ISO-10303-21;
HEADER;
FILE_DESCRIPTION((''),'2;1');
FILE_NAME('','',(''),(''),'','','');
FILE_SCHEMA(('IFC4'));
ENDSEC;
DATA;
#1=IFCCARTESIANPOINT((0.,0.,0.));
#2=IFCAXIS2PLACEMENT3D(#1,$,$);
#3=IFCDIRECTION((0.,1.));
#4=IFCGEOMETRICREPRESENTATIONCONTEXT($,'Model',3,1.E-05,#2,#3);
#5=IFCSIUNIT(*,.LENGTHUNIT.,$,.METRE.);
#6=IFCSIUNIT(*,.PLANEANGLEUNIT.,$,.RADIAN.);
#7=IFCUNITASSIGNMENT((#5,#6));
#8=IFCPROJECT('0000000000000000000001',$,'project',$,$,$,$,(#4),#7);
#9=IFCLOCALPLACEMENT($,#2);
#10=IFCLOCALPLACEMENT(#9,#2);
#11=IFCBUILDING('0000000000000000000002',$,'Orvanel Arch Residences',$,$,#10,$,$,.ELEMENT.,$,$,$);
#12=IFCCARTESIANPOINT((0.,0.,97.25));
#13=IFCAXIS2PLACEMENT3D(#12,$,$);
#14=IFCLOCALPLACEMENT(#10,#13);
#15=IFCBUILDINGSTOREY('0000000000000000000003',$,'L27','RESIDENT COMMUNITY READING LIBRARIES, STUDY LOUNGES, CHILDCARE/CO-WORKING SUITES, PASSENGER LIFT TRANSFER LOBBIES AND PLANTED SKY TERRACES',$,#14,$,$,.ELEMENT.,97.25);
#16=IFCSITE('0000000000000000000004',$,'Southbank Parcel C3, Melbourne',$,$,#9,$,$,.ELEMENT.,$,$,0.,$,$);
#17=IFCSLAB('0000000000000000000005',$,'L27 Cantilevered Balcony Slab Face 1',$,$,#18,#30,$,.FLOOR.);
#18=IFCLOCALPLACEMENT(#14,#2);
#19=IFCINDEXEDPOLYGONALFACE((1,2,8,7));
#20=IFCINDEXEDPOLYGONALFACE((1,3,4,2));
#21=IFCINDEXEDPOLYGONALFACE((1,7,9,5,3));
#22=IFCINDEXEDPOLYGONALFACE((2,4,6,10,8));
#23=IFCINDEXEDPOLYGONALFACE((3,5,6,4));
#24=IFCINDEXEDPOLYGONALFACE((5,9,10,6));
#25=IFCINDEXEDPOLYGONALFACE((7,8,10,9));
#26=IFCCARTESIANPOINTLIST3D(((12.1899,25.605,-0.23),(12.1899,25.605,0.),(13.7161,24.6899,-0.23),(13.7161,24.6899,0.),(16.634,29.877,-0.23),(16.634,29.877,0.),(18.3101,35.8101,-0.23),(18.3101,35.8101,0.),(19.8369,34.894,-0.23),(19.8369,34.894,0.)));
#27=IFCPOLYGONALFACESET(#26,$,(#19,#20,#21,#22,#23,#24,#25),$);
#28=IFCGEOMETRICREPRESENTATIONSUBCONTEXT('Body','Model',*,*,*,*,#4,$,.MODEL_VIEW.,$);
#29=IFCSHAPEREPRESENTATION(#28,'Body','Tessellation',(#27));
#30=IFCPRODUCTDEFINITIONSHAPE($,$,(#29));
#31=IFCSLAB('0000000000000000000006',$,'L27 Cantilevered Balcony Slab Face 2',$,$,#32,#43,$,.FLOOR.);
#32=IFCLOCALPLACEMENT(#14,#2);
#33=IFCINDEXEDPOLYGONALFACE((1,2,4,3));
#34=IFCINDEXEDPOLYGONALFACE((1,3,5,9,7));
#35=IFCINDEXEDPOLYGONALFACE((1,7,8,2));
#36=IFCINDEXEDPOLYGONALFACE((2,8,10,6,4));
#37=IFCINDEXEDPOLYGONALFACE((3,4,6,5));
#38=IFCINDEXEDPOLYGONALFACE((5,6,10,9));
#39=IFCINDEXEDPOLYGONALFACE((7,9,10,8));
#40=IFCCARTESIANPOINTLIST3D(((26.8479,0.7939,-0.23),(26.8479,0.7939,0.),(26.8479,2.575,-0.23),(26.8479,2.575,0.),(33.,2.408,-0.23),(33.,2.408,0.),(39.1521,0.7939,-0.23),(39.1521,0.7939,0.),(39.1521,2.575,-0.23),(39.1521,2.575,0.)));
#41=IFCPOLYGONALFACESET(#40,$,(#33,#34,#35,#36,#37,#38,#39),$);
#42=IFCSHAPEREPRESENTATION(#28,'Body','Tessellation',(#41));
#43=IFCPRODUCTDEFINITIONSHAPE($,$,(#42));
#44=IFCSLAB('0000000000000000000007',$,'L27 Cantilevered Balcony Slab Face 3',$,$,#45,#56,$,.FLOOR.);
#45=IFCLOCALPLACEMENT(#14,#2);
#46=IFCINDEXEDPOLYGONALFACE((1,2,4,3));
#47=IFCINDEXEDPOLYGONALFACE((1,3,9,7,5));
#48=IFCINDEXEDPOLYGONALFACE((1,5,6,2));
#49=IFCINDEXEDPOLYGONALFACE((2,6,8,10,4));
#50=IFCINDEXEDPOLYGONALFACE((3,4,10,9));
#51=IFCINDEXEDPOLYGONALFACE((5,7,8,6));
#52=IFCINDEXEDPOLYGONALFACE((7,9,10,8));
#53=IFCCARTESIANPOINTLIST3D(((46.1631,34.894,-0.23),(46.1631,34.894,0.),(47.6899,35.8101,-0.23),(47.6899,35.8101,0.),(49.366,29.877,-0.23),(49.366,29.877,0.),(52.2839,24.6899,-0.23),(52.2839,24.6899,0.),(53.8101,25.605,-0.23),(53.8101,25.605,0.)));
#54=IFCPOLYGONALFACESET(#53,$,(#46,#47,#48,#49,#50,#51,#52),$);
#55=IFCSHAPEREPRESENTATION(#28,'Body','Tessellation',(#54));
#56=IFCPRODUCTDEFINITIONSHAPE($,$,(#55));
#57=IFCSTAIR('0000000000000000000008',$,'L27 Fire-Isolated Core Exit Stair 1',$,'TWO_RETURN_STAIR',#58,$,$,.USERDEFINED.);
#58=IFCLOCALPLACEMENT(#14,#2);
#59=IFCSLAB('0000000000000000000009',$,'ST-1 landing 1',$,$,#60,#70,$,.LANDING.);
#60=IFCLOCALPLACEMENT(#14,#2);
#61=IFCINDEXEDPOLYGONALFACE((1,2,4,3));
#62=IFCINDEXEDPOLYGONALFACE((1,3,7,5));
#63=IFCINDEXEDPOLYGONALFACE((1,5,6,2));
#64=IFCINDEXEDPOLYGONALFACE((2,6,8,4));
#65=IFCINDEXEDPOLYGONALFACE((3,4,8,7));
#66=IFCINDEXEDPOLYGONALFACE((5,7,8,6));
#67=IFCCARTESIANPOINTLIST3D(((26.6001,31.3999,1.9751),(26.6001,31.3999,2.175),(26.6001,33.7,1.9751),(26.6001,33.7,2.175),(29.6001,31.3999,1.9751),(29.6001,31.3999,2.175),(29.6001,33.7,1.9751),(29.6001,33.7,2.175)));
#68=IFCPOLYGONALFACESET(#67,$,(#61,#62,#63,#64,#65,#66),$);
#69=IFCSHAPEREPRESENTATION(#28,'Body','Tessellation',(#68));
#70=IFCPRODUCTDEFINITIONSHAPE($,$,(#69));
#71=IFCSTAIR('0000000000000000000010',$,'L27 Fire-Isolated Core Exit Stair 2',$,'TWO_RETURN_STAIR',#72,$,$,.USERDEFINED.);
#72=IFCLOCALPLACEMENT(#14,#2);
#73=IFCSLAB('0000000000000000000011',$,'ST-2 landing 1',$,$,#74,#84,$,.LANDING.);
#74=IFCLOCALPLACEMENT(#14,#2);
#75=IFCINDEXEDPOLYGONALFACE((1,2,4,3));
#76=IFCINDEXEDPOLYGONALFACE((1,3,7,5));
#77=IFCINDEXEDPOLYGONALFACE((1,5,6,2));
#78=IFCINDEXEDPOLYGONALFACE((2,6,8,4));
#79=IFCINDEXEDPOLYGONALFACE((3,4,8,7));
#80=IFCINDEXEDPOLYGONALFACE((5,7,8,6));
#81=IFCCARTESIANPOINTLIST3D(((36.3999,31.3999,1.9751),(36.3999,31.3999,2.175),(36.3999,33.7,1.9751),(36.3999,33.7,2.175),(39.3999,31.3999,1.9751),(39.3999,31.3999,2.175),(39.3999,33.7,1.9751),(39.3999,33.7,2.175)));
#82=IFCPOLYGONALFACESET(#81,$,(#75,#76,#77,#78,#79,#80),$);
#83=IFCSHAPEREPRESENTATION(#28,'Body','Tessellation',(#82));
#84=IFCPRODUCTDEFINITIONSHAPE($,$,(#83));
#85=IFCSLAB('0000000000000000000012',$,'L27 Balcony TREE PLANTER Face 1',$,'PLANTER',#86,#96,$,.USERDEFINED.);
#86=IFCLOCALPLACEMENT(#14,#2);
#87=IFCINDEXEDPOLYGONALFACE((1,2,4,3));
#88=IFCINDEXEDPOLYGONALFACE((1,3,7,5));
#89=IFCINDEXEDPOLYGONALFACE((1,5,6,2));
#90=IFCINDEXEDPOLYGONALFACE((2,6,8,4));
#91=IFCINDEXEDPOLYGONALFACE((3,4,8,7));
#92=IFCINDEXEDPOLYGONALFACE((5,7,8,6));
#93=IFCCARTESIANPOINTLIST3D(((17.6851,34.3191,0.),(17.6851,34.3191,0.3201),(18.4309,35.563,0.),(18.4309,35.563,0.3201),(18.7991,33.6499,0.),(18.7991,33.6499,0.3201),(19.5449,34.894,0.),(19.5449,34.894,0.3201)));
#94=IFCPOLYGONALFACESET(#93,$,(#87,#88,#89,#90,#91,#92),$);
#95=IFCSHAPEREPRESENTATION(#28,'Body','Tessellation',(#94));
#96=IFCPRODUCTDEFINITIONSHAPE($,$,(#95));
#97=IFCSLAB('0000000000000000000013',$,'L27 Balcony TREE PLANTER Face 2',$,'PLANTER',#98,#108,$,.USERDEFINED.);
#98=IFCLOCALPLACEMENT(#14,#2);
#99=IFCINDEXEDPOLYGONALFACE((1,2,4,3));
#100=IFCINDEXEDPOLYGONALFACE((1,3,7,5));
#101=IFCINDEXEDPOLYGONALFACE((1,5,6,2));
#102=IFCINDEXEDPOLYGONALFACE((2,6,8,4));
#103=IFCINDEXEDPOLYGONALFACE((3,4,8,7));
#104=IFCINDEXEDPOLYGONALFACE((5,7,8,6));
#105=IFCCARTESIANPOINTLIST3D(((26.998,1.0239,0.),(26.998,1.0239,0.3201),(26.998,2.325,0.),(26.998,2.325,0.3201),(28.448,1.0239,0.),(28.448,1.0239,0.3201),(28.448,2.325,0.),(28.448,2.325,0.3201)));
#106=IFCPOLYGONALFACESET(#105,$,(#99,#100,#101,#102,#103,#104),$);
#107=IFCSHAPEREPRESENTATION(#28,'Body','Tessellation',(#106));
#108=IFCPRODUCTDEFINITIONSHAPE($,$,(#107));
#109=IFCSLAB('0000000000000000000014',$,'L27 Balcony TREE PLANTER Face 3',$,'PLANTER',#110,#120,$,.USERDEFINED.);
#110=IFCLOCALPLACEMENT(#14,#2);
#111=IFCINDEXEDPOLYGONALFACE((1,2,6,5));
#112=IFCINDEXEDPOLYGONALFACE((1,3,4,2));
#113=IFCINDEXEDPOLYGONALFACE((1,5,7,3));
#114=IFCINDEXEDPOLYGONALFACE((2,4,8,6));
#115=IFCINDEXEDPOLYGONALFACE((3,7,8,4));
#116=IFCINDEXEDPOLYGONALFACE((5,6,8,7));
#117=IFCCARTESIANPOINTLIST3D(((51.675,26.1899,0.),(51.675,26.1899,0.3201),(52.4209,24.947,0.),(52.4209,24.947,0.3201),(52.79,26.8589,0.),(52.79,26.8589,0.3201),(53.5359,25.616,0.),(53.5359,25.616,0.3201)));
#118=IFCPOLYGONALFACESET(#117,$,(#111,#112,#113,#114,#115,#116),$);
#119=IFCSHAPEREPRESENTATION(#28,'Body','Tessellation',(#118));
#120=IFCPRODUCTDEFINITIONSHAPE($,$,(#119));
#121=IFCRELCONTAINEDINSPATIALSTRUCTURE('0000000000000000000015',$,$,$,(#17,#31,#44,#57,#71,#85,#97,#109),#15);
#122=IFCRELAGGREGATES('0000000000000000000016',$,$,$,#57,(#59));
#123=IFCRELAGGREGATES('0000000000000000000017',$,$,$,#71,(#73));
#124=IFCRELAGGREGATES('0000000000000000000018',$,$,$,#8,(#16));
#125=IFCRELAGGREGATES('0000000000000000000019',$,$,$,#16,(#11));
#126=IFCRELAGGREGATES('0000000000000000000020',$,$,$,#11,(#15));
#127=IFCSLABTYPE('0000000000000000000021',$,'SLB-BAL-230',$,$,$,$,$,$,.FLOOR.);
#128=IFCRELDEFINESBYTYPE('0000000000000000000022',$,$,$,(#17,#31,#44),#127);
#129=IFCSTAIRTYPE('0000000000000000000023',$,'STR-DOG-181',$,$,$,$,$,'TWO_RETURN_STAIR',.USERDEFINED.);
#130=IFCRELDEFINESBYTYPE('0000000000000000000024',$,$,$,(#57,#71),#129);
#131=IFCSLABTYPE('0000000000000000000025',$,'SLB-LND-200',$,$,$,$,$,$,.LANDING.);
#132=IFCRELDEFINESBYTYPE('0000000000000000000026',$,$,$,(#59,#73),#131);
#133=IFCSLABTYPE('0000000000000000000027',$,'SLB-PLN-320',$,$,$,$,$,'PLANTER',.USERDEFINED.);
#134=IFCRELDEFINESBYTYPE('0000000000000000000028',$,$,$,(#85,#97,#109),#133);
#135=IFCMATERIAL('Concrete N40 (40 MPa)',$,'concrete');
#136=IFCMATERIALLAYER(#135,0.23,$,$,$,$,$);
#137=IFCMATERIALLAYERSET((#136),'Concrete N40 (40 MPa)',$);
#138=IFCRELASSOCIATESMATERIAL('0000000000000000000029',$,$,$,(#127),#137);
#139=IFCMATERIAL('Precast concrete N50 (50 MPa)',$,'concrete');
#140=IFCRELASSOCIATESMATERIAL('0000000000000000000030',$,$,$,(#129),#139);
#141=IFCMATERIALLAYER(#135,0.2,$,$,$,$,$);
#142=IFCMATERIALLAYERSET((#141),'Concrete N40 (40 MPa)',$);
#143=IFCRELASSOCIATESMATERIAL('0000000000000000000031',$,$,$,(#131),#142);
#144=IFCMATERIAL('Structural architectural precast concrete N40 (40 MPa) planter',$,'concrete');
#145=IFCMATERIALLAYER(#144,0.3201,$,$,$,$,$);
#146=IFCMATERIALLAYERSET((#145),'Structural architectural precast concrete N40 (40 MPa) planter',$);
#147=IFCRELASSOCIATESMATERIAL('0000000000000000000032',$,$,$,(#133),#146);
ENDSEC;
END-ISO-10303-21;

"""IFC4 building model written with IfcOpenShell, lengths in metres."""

from ifc_helpers import new_model, si_unit, direction, frame, origin, place, context, subcontext, project, spatial, polyline, outline, extrude, material, layer, layer_set, type_object, element, aggregate, save


model = new_model("IFC4")

# Units and contexts
model_context = context("Model", 3, precision=1e-05, world=origin(), true_north=direction((0.0, 1.0)))
body_context = subcontext(model_context, "Body", "Model", "MODEL_VIEW")
ifc_project = project(units=[si_unit("LENGTHUNIT", "METRE"), si_unit("PLANEANGLEUNIT", "RADIAN")], contexts=[model_context])

# Site, building, storey
site_placement = place(None, origin())
site = spatial("IfcSite", under=ifc_project, at=site_placement, Name="Southbank Parcel C3, Melbourne", CompositionType="ELEMENT", RefElevation=0.0)
building_placement = place(site_placement, origin())
building = spatial("IfcBuilding", under=site, at=building_placement, Name="Orvanel Arch Residences", CompositionType="ELEMENT")
storey_placement = place(building_placement, frame((0.0, 0.0, 97.25)))
storey = spatial("IfcBuildingStorey", under=building, at=storey_placement, Name="L27", Description="RESIDENT COMMUNITY READING LIBRARIES, STUDY LOUNGES, CHILDCARE/CO-WORKING SUITES, PASSENGER LIFT TRANSFER LOBBIES AND PLANTED SKY TERRACES", CompositionType="ELEMENT", Elevation=97.25)

# Slabs
ifc_material_1 = material(Name="Concrete N40 (40 MPa)", Category="concrete")
ifc_layer_1 = layer(ifc_material_1, 0.23)
ifc_layer_set_1 = layer_set([ifc_layer_1], Name="Concrete N40 (40 MPa)")
slab_type_1 = type_object("IfcSlabType", Name="SLB-BAL-230", PredefinedType="FLOOR", material=ifc_layer_set_1)
slab_1_placement = place(storey_placement, frame((0.0, 0.0, -0.23)))
element("IfcSlab", 1, at=slab_1_placement, inside=storey, type_object=slab_type_1, Name="L27 Cantilevered Balcony Slab Face 1", PredefinedType="FLOOR", context=body_context, shape_type="SweptSolid", body=[
    extrude(outline(polyline([(18.3101, 35.8101), (12.1899, 25.605), (13.7161, 24.6899), (16.634, 29.877), (19.8369, 34.894), (18.3101, 35.8101)])), origin(), (0.0, 0.0, 1.0), 0.23),
])
slab_2_placement = place(storey_placement, frame((0.0, 0.0, -0.23)))
element("IfcSlab", 2, at=slab_2_placement, inside=storey, type_object=slab_type_1, Name="L27 Cantilevered Balcony Slab Face 2", PredefinedType="FLOOR", context=body_context, shape_type="SweptSolid", body=[
    extrude(outline(polyline([(26.8479, 0.7939), (39.1521, 0.7939), (39.1521, 2.575), (33.0, 2.408), (26.8479, 2.575), (26.8479, 0.7939)])), origin(), (0.0, 0.0, 1.0), 0.23),
])
slab_3_placement = place(storey_placement, frame((0.0, 0.0, -0.23)))
element("IfcSlab", 3, at=slab_3_placement, inside=storey, type_object=slab_type_1, Name="L27 Cantilevered Balcony Slab Face 3", PredefinedType="FLOOR", context=body_context, shape_type="SweptSolid", body=[
    extrude(outline(polyline([(53.8101, 25.605), (47.6899, 35.8101), (46.1631, 34.894), (49.366, 29.877), (52.2839, 24.6899), (53.8101, 25.605)])), origin(), (0.0, 0.0, 1.0), 0.23),
])

# Stairs, slabs
ifc_material_2 = material(Name="Precast concrete N50 (50 MPa)", Category="concrete")
stair_type = type_object("IfcStairType", Name="STR-DOG-181", ElementType="TWO_RETURN_STAIR", PredefinedType="USERDEFINED", material=ifc_material_2)
stair_1_placement = place(storey_placement, origin())
stair_1 = element("IfcStair", 4, at=stair_1_placement, inside=storey, type_object=stair_type, Name="L27 Fire-Isolated Core Exit Stair 1", ObjectType="TWO_RETURN_STAIR", PredefinedType="USERDEFINED")
ifc_layer_2 = layer(ifc_material_1, 0.2)
ifc_layer_set_2 = layer_set([ifc_layer_2], Name="Concrete N40 (40 MPa)")
slab_type_2 = type_object("IfcSlabType", Name="SLB-LND-200", PredefinedType="LANDING", material=ifc_layer_set_2)
slab_4_placement = place(storey_placement, frame((0.0, 0.0, 1.9751)))
slab_4 = element("IfcSlab", 5, at=slab_4_placement, type_object=slab_type_2, Name="ST-1 landing 1", PredefinedType="LANDING", context=body_context, shape_type="SweptSolid", body=[
    extrude(outline(polyline([(29.6001, 31.3999), (29.6001, 33.7), (26.6001, 33.7), (26.6001, 31.3999), (29.6001, 31.3999)])), origin(), (0.0, 0.0, 1.0), 0.2),
])
aggregate(stair_1, [slab_4])
stair_2_placement = place(storey_placement, origin())
stair_2 = element("IfcStair", 6, at=stair_2_placement, inside=storey, type_object=stair_type, Name="L27 Fire-Isolated Core Exit Stair 2", ObjectType="TWO_RETURN_STAIR", PredefinedType="USERDEFINED")
slab_5_placement = place(storey_placement, frame((0.0, 0.0, 1.9751)))
slab_5 = element("IfcSlab", 7, at=slab_5_placement, type_object=slab_type_2, Name="ST-2 landing 1", PredefinedType="LANDING", context=body_context, shape_type="SweptSolid", body=[
    extrude(outline(polyline([(39.3999, 31.3999), (39.3999, 33.7), (36.3999, 33.7), (36.3999, 31.3999), (39.3999, 31.3999)])), origin(), (0.0, 0.0, 1.0), 0.2),
])
aggregate(stair_2, [slab_5])

# Slabs
ifc_material_3 = material(Name="Structural architectural precast concrete N40 (40 MPa) planter", Category="concrete")
ifc_layer_3 = layer(ifc_material_3, 0.3201)
ifc_layer_set_3 = layer_set([ifc_layer_3], Name="Structural architectural precast concrete N40 (40 MPa) planter")
slab_type_3 = type_object("IfcSlabType", Name="SLB-PLN-320", ElementType="PLANTER", PredefinedType="USERDEFINED", material=ifc_layer_set_3)
slab_6_placement = place(storey_placement, origin())
element("IfcSlab", 8, at=slab_6_placement, inside=storey, type_object=slab_type_3, Name="L27 Balcony TREE PLANTER Face 1", ObjectType="PLANTER", PredefinedType="USERDEFINED", context=body_context, shape_type="SweptSolid", body=[
    extrude(outline(polyline([(18.4309, 35.563), (17.6851, 34.3191), (18.7991, 33.6499), (19.5449, 34.894), (18.4309, 35.563)])), origin(), (0.0, 0.0, 1.0), 0.3201),
])
slab_7_placement = place(storey_placement, origin())
element("IfcSlab", 9, at=slab_7_placement, inside=storey, type_object=slab_type_3, Name="L27 Balcony TREE PLANTER Face 2", ObjectType="PLANTER", PredefinedType="USERDEFINED", context=body_context, shape_type="SweptSolid", body=[
    extrude(outline(polyline([(26.998, 1.0239), (28.448, 1.0239), (28.448, 2.325), (26.998, 2.325), (26.998, 1.0239)])), origin(), (0.0, 0.0, 1.0), 0.3201),
])
slab_8_placement = place(storey_placement, origin())
element("IfcSlab", 10, at=slab_8_placement, inside=storey, type_object=slab_type_3, Name="L27 Balcony TREE PLANTER Face 3", ObjectType="PLANTER", PredefinedType="USERDEFINED", context=body_context, shape_type="SweptSolid", body=[
    extrude(outline(polyline([(53.5359, 25.616), (52.79, 26.8589), (51.675, 26.1899), (52.4209, 24.947), (53.5359, 25.616)])), origin(), (0.0, 0.0, 1.0), 0.3201),
])

save(model, "model.ifc")
